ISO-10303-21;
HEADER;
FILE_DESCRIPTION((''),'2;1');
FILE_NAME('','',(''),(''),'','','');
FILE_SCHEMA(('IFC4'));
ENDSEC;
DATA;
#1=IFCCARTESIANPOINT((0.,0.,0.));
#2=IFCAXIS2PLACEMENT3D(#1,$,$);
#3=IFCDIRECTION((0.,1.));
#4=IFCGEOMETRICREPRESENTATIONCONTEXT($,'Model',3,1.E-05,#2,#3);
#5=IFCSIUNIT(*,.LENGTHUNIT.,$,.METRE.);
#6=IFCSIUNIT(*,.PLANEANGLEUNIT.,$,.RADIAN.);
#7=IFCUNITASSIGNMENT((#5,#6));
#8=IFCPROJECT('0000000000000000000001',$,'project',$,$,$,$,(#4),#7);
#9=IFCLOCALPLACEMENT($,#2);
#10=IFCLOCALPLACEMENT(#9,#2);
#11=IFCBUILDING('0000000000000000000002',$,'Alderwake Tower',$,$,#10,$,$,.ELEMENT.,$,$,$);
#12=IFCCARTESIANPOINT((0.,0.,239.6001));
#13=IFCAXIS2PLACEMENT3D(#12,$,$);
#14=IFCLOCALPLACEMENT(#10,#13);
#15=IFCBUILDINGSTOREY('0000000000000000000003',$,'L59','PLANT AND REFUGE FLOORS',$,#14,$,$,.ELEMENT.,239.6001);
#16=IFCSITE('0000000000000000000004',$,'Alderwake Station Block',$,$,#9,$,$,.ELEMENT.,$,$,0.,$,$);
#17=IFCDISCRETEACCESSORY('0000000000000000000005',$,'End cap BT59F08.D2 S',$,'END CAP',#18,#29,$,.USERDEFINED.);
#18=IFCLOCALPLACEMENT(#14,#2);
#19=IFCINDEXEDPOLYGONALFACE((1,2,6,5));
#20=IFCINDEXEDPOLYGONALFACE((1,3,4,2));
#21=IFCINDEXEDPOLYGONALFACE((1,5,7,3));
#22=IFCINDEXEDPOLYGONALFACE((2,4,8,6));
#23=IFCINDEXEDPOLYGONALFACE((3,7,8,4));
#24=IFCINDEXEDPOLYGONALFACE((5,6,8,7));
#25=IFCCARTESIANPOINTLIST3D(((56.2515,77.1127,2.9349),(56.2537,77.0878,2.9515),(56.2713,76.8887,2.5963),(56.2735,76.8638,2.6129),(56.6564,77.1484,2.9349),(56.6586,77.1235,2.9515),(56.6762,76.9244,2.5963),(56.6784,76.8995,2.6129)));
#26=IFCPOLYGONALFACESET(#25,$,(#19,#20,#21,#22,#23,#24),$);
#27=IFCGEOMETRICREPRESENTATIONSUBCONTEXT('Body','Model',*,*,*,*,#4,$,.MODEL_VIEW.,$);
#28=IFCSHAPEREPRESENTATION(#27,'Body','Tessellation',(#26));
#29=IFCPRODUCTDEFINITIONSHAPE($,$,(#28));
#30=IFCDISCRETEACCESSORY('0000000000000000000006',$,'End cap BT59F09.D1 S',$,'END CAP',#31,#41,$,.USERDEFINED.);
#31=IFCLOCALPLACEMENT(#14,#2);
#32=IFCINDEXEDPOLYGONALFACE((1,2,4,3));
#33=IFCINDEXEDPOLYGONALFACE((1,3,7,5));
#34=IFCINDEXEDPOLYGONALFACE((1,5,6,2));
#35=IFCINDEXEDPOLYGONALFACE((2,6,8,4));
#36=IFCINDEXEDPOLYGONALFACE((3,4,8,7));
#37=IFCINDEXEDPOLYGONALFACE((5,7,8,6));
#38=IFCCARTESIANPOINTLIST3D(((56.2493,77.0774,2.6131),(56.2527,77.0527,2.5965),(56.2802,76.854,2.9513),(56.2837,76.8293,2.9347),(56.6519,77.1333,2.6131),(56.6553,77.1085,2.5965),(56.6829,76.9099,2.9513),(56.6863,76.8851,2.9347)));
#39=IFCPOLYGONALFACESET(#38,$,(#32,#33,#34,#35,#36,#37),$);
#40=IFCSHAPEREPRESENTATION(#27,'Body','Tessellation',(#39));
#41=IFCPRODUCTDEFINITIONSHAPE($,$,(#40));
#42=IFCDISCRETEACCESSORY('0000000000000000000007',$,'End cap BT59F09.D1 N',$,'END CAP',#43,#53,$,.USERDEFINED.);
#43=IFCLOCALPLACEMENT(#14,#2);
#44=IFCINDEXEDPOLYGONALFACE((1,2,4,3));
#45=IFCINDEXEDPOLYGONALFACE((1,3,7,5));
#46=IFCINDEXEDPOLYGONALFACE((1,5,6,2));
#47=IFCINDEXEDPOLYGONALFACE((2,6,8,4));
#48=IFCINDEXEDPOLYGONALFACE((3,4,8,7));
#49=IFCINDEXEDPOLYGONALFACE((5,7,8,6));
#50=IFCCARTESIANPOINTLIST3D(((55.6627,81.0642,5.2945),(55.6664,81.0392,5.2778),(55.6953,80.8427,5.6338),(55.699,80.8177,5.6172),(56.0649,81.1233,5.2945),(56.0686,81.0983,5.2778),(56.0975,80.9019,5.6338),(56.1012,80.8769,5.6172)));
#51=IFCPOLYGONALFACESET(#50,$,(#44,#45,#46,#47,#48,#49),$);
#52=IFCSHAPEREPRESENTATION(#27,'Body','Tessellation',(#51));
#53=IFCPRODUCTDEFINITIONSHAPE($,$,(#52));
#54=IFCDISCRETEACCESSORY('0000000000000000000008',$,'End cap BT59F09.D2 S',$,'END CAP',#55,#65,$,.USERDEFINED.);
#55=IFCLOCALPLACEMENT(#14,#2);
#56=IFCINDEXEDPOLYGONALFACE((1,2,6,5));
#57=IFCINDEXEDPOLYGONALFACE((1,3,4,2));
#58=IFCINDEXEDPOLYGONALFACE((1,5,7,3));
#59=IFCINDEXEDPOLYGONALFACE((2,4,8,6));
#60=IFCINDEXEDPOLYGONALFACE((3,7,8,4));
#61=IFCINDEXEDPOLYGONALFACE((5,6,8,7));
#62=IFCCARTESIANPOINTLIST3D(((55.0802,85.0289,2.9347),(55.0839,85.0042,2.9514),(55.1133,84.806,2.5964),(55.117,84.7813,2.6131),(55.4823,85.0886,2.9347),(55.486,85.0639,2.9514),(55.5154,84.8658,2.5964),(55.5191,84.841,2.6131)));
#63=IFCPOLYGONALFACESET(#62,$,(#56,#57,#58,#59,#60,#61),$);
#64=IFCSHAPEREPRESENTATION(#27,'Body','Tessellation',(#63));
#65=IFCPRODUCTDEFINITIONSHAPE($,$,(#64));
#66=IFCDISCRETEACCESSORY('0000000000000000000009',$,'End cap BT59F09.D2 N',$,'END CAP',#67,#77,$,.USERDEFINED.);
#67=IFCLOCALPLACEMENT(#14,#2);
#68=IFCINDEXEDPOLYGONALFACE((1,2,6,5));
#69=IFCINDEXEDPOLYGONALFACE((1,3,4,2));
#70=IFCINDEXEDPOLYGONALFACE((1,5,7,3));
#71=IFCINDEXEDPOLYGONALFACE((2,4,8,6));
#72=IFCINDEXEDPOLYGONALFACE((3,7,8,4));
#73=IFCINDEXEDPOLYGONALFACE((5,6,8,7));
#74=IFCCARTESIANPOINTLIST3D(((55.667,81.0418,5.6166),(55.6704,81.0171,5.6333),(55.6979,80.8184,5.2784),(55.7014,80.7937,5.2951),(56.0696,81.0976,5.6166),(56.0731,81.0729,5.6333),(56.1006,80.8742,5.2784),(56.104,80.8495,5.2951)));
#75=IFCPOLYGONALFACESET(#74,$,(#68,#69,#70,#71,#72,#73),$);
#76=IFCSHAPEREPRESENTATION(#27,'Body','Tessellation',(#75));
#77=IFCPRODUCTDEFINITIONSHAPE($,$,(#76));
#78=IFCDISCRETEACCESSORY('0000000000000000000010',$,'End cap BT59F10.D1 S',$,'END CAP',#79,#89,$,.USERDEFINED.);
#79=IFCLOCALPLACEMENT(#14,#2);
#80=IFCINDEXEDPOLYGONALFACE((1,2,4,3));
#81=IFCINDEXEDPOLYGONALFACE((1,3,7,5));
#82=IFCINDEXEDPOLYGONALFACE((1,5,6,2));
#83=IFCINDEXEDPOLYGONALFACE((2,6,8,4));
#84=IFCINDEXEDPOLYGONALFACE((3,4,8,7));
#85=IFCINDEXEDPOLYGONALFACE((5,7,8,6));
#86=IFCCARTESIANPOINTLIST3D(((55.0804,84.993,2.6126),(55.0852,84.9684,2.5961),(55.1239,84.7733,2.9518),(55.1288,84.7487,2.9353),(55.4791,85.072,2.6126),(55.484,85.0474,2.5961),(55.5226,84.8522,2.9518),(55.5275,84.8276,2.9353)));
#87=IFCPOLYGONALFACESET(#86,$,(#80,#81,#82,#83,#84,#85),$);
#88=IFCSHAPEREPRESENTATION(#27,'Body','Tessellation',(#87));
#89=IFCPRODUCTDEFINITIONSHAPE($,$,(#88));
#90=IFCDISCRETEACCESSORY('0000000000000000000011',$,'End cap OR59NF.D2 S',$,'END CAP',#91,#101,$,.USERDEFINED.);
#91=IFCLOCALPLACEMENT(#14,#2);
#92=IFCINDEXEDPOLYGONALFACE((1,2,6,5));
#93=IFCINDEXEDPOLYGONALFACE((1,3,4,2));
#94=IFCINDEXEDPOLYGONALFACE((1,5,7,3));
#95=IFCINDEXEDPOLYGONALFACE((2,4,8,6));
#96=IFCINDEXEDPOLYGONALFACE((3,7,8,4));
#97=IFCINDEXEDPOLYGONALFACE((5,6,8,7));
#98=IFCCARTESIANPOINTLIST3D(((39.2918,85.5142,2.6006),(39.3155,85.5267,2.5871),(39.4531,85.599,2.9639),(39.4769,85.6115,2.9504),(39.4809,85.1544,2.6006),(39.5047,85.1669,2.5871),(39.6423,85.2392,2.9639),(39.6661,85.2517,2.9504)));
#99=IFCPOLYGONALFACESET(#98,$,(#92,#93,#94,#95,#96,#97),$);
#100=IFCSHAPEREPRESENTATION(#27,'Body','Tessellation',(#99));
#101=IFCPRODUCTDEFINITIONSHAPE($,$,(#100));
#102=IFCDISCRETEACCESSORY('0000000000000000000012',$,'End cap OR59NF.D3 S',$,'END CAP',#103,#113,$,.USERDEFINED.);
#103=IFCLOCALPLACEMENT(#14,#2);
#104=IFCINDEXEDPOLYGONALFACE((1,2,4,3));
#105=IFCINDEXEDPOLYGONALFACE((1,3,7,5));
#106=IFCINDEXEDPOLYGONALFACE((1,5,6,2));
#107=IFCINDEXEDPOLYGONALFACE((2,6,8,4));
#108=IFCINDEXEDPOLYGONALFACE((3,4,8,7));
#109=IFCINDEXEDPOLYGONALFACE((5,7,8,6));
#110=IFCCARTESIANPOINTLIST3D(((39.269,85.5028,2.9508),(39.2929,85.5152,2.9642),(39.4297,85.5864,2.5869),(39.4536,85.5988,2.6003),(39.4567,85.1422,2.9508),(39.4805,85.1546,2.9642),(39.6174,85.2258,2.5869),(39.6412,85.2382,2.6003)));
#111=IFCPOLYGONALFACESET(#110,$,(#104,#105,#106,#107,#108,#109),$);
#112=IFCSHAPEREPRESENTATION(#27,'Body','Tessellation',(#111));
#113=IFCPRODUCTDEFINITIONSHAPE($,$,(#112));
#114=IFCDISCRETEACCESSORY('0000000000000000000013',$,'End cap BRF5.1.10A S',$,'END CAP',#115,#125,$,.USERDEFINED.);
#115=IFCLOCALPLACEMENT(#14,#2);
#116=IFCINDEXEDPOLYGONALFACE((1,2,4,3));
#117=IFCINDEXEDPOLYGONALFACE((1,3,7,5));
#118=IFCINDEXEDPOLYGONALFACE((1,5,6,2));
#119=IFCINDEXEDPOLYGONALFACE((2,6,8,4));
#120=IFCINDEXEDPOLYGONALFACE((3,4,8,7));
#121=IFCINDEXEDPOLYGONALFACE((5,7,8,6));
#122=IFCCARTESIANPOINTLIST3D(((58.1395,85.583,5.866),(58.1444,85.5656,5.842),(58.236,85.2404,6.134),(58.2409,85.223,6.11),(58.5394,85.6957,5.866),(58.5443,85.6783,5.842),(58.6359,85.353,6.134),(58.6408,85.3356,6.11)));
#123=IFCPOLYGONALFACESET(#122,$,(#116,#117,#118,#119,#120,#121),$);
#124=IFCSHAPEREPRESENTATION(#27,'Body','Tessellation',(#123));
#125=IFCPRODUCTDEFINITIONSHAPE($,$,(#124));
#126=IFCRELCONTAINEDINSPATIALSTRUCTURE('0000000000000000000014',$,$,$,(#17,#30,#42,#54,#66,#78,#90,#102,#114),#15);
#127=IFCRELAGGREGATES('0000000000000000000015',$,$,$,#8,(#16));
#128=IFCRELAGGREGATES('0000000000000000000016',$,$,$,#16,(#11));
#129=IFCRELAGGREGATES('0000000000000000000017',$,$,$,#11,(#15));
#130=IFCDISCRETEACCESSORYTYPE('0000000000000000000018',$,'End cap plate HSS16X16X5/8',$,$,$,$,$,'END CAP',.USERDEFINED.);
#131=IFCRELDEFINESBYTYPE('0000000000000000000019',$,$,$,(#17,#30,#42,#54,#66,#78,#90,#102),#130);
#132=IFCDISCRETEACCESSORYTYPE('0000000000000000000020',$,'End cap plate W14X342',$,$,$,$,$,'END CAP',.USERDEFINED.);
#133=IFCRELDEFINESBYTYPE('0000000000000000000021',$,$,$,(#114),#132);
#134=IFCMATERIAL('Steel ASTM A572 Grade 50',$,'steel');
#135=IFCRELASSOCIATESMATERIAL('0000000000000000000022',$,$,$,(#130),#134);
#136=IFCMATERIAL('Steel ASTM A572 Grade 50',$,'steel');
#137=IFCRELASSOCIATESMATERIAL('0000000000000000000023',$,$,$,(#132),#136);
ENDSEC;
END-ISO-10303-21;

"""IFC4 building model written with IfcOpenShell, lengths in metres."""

from ifc_helpers import new_model, si_unit, direction, frame, origin, origin_2d, place, context, subcontext, project, spatial, rectangle, extrude, material, material_profile, profile_set, type_object, element, save


model = new_model("IFC4")

# Units and contexts
model_context = context("Model", 3, precision=1e-05, world=origin(), true_north=direction((0.0, 1.0)))
body_context = subcontext(model_context, "Body", "Model", "MODEL_VIEW")
ifc_project = project(units=[si_unit("LENGTHUNIT", "METRE"), si_unit("PLANEANGLEUNIT", "RADIAN")], contexts=[model_context])

# Site, building, storey
site_placement = place(None, origin())
site = spatial("IfcSite", under=ifc_project, at=site_placement, Name="Alderwake Station Block", CompositionType="ELEMENT", RefElevation=0.0)
building_placement = place(site_placement, origin())
building = spatial("IfcBuilding", under=site, at=building_placement, Name="Alderwake Tower", CompositionType="ELEMENT")
storey_placement = place(building_placement, frame((0.0, 0.0, 239.6001)))
storey = spatial("IfcBuildingStorey", under=building, at=storey_placement, Name="L59", Description="PLANT AND REFUGE FLOORS", CompositionType="ELEMENT", Elevation=239.6001)

# Discrete accessories
ifc_material_1 = material(Name="Steel ASTM A572 Grade 50", Category="steel")
ifc_material_profile_1 = material_profile(ifc_material_1, rectangle(XDim=0.4065, YDim=0.4065, at=origin_2d()), Name="HSS16X16X5/8 cap")
ifc_profile_set_1 = profile_set([ifc_material_profile_1], Name="Steel ASTM A572 Grade 50")
discrete_accessory_type_1 = type_object("IfcDiscreteAccessoryType", Name="End cap plate HSS16X16X5/8", ElementType="END CAP", PredefinedType="USERDEFINED", material=ifc_profile_set_1)
for number, where, z_axis, x_axis, name in (
    (1, (56.4661, 76.9937, 2.7822), (-0.073219, 0.829817, -0.553211), (-0.99613, -0.087894, 0.0), "End cap BT59F08.D2 S"),
    (2, (56.4661, 76.9937, 2.7822), (0.11423, -0.824085, -0.554829), (0.990529, 0.137301, 0.0), "End cap BT59F09.D1 S"),
):
    element("IfcDiscreteAccessory", number, at=place(storey_placement, frame(where, z_axis=z_axis, x_axis=x_axis)), inside=storey, type_object=discrete_accessory_type_1, Name=name, ObjectType="END CAP", PredefinedType="USERDEFINED", context=body_context, shape_type="SweptSolid", body=[
        extrude(rectangle(XDim=0.4065, YDim=0.4065, at=origin_2d()), origin(), (0.0, 0.0, 1.0), 0.03),
    ])
discrete_accessory_1_placement = place(storey_placement, frame((55.8838, 80.958, 5.4475), z_axis=(-0.121455, 0.825891, 0.550594), x_axis=(-0.989359, -0.145494, 0.0)))
element("IfcDiscreteAccessory", 3, at=discrete_accessory_1_placement, inside=storey, type_object=discrete_accessory_type_1, Name="End cap BT59F09.D1 N", ObjectType="END CAP", PredefinedType="USERDEFINED", context=body_context, shape_type="SweptSolid", body=[
    extrude(rectangle(XDim=0.4065, YDim=0.4065, at=origin_2d()), origin(), (0.0, 0.0, 1.0), 0.0303),
])
for number, where, z_axis, x_axis, name in (
    (4, (55.3015, 84.9226, 2.7822), (-0.122271, 0.823291, -0.554295), (-0.989151, -0.146904, 0.0), "End cap BT59F09.D2 S"),
    (5, (55.8838, 80.958, 5.4475), (0.11423, -0.824085, 0.554829), (0.990529, 0.137301, 0.0), "End cap BT59F09.D2 N"),
    (6, (55.3015, 84.9226, 2.7822), (0.162088, -0.818545, -0.5511), (0.980952, 0.194248, 0.0), "End cap BT59F10.D1 S"),
    (7, (39.467, 85.3767, 2.7822), (0.791079, 0.415928, -0.44855), (-0.46537, 0.885116, 0.0), "End cap OR59NF.D2 S"),
    (8, (39.467, 85.3767, 2.7822), (-0.794102, -0.413257, -0.445669), (0.461638, -0.887069, 0.0), "End cap OR59NF.D3 S"),
):
    element("IfcDiscreteAccessory", number, at=place(storey_placement, frame(where, z_axis=z_axis, x_axis=x_axis)), inside=storey, type_object=discrete_accessory_type_1, Name=name, ObjectType="END CAP", PredefinedType="USERDEFINED", context=body_context, shape_type="SweptSolid", body=[
        extrude(rectangle(XDim=0.4065, YDim=0.4065, at=origin_2d()), origin(), (0.0, 0.0, 1.0), 0.03),
    ])
ifc_material_2 = material(Name="Steel ASTM A572 Grade 50", Category="steel")
ifc_material_profile_2 = material_profile(ifc_material_2, rectangle(XDim=0.4155, YDim=0.4456, at=origin_2d()), Name="W14X342 cap")
ifc_profile_set_2 = profile_set([ifc_material_profile_2], Name="Steel ASTM A572 Grade 50")
discrete_accessory_type_2 = type_object("IfcDiscreteAccessoryType", Name="End cap plate W14X342", ElementType="END CAP", PredefinedType="USERDEFINED", material=ifc_profile_set_2)
discrete_accessory_2_placement = place(storey_placement, frame((58.3877, 85.468, 6.0), z_axis=(0.163055, -0.578845, -0.798969), x_axis=(0.96254, 0.271138, 0.0)))
element("IfcDiscreteAccessory", 9, at=discrete_accessory_2_placement, inside=storey, type_object=discrete_accessory_type_2, Name="End cap BRF5.1.10A S", ObjectType="END CAP", PredefinedType="USERDEFINED", context=body_context, shape_type="SweptSolid", body=[
    extrude(rectangle(XDim=0.4155, YDim=0.4456, at=origin_2d()), origin(), (0.0, 0.0, 1.0), 0.03),
])

save(model, "model.ifc")
